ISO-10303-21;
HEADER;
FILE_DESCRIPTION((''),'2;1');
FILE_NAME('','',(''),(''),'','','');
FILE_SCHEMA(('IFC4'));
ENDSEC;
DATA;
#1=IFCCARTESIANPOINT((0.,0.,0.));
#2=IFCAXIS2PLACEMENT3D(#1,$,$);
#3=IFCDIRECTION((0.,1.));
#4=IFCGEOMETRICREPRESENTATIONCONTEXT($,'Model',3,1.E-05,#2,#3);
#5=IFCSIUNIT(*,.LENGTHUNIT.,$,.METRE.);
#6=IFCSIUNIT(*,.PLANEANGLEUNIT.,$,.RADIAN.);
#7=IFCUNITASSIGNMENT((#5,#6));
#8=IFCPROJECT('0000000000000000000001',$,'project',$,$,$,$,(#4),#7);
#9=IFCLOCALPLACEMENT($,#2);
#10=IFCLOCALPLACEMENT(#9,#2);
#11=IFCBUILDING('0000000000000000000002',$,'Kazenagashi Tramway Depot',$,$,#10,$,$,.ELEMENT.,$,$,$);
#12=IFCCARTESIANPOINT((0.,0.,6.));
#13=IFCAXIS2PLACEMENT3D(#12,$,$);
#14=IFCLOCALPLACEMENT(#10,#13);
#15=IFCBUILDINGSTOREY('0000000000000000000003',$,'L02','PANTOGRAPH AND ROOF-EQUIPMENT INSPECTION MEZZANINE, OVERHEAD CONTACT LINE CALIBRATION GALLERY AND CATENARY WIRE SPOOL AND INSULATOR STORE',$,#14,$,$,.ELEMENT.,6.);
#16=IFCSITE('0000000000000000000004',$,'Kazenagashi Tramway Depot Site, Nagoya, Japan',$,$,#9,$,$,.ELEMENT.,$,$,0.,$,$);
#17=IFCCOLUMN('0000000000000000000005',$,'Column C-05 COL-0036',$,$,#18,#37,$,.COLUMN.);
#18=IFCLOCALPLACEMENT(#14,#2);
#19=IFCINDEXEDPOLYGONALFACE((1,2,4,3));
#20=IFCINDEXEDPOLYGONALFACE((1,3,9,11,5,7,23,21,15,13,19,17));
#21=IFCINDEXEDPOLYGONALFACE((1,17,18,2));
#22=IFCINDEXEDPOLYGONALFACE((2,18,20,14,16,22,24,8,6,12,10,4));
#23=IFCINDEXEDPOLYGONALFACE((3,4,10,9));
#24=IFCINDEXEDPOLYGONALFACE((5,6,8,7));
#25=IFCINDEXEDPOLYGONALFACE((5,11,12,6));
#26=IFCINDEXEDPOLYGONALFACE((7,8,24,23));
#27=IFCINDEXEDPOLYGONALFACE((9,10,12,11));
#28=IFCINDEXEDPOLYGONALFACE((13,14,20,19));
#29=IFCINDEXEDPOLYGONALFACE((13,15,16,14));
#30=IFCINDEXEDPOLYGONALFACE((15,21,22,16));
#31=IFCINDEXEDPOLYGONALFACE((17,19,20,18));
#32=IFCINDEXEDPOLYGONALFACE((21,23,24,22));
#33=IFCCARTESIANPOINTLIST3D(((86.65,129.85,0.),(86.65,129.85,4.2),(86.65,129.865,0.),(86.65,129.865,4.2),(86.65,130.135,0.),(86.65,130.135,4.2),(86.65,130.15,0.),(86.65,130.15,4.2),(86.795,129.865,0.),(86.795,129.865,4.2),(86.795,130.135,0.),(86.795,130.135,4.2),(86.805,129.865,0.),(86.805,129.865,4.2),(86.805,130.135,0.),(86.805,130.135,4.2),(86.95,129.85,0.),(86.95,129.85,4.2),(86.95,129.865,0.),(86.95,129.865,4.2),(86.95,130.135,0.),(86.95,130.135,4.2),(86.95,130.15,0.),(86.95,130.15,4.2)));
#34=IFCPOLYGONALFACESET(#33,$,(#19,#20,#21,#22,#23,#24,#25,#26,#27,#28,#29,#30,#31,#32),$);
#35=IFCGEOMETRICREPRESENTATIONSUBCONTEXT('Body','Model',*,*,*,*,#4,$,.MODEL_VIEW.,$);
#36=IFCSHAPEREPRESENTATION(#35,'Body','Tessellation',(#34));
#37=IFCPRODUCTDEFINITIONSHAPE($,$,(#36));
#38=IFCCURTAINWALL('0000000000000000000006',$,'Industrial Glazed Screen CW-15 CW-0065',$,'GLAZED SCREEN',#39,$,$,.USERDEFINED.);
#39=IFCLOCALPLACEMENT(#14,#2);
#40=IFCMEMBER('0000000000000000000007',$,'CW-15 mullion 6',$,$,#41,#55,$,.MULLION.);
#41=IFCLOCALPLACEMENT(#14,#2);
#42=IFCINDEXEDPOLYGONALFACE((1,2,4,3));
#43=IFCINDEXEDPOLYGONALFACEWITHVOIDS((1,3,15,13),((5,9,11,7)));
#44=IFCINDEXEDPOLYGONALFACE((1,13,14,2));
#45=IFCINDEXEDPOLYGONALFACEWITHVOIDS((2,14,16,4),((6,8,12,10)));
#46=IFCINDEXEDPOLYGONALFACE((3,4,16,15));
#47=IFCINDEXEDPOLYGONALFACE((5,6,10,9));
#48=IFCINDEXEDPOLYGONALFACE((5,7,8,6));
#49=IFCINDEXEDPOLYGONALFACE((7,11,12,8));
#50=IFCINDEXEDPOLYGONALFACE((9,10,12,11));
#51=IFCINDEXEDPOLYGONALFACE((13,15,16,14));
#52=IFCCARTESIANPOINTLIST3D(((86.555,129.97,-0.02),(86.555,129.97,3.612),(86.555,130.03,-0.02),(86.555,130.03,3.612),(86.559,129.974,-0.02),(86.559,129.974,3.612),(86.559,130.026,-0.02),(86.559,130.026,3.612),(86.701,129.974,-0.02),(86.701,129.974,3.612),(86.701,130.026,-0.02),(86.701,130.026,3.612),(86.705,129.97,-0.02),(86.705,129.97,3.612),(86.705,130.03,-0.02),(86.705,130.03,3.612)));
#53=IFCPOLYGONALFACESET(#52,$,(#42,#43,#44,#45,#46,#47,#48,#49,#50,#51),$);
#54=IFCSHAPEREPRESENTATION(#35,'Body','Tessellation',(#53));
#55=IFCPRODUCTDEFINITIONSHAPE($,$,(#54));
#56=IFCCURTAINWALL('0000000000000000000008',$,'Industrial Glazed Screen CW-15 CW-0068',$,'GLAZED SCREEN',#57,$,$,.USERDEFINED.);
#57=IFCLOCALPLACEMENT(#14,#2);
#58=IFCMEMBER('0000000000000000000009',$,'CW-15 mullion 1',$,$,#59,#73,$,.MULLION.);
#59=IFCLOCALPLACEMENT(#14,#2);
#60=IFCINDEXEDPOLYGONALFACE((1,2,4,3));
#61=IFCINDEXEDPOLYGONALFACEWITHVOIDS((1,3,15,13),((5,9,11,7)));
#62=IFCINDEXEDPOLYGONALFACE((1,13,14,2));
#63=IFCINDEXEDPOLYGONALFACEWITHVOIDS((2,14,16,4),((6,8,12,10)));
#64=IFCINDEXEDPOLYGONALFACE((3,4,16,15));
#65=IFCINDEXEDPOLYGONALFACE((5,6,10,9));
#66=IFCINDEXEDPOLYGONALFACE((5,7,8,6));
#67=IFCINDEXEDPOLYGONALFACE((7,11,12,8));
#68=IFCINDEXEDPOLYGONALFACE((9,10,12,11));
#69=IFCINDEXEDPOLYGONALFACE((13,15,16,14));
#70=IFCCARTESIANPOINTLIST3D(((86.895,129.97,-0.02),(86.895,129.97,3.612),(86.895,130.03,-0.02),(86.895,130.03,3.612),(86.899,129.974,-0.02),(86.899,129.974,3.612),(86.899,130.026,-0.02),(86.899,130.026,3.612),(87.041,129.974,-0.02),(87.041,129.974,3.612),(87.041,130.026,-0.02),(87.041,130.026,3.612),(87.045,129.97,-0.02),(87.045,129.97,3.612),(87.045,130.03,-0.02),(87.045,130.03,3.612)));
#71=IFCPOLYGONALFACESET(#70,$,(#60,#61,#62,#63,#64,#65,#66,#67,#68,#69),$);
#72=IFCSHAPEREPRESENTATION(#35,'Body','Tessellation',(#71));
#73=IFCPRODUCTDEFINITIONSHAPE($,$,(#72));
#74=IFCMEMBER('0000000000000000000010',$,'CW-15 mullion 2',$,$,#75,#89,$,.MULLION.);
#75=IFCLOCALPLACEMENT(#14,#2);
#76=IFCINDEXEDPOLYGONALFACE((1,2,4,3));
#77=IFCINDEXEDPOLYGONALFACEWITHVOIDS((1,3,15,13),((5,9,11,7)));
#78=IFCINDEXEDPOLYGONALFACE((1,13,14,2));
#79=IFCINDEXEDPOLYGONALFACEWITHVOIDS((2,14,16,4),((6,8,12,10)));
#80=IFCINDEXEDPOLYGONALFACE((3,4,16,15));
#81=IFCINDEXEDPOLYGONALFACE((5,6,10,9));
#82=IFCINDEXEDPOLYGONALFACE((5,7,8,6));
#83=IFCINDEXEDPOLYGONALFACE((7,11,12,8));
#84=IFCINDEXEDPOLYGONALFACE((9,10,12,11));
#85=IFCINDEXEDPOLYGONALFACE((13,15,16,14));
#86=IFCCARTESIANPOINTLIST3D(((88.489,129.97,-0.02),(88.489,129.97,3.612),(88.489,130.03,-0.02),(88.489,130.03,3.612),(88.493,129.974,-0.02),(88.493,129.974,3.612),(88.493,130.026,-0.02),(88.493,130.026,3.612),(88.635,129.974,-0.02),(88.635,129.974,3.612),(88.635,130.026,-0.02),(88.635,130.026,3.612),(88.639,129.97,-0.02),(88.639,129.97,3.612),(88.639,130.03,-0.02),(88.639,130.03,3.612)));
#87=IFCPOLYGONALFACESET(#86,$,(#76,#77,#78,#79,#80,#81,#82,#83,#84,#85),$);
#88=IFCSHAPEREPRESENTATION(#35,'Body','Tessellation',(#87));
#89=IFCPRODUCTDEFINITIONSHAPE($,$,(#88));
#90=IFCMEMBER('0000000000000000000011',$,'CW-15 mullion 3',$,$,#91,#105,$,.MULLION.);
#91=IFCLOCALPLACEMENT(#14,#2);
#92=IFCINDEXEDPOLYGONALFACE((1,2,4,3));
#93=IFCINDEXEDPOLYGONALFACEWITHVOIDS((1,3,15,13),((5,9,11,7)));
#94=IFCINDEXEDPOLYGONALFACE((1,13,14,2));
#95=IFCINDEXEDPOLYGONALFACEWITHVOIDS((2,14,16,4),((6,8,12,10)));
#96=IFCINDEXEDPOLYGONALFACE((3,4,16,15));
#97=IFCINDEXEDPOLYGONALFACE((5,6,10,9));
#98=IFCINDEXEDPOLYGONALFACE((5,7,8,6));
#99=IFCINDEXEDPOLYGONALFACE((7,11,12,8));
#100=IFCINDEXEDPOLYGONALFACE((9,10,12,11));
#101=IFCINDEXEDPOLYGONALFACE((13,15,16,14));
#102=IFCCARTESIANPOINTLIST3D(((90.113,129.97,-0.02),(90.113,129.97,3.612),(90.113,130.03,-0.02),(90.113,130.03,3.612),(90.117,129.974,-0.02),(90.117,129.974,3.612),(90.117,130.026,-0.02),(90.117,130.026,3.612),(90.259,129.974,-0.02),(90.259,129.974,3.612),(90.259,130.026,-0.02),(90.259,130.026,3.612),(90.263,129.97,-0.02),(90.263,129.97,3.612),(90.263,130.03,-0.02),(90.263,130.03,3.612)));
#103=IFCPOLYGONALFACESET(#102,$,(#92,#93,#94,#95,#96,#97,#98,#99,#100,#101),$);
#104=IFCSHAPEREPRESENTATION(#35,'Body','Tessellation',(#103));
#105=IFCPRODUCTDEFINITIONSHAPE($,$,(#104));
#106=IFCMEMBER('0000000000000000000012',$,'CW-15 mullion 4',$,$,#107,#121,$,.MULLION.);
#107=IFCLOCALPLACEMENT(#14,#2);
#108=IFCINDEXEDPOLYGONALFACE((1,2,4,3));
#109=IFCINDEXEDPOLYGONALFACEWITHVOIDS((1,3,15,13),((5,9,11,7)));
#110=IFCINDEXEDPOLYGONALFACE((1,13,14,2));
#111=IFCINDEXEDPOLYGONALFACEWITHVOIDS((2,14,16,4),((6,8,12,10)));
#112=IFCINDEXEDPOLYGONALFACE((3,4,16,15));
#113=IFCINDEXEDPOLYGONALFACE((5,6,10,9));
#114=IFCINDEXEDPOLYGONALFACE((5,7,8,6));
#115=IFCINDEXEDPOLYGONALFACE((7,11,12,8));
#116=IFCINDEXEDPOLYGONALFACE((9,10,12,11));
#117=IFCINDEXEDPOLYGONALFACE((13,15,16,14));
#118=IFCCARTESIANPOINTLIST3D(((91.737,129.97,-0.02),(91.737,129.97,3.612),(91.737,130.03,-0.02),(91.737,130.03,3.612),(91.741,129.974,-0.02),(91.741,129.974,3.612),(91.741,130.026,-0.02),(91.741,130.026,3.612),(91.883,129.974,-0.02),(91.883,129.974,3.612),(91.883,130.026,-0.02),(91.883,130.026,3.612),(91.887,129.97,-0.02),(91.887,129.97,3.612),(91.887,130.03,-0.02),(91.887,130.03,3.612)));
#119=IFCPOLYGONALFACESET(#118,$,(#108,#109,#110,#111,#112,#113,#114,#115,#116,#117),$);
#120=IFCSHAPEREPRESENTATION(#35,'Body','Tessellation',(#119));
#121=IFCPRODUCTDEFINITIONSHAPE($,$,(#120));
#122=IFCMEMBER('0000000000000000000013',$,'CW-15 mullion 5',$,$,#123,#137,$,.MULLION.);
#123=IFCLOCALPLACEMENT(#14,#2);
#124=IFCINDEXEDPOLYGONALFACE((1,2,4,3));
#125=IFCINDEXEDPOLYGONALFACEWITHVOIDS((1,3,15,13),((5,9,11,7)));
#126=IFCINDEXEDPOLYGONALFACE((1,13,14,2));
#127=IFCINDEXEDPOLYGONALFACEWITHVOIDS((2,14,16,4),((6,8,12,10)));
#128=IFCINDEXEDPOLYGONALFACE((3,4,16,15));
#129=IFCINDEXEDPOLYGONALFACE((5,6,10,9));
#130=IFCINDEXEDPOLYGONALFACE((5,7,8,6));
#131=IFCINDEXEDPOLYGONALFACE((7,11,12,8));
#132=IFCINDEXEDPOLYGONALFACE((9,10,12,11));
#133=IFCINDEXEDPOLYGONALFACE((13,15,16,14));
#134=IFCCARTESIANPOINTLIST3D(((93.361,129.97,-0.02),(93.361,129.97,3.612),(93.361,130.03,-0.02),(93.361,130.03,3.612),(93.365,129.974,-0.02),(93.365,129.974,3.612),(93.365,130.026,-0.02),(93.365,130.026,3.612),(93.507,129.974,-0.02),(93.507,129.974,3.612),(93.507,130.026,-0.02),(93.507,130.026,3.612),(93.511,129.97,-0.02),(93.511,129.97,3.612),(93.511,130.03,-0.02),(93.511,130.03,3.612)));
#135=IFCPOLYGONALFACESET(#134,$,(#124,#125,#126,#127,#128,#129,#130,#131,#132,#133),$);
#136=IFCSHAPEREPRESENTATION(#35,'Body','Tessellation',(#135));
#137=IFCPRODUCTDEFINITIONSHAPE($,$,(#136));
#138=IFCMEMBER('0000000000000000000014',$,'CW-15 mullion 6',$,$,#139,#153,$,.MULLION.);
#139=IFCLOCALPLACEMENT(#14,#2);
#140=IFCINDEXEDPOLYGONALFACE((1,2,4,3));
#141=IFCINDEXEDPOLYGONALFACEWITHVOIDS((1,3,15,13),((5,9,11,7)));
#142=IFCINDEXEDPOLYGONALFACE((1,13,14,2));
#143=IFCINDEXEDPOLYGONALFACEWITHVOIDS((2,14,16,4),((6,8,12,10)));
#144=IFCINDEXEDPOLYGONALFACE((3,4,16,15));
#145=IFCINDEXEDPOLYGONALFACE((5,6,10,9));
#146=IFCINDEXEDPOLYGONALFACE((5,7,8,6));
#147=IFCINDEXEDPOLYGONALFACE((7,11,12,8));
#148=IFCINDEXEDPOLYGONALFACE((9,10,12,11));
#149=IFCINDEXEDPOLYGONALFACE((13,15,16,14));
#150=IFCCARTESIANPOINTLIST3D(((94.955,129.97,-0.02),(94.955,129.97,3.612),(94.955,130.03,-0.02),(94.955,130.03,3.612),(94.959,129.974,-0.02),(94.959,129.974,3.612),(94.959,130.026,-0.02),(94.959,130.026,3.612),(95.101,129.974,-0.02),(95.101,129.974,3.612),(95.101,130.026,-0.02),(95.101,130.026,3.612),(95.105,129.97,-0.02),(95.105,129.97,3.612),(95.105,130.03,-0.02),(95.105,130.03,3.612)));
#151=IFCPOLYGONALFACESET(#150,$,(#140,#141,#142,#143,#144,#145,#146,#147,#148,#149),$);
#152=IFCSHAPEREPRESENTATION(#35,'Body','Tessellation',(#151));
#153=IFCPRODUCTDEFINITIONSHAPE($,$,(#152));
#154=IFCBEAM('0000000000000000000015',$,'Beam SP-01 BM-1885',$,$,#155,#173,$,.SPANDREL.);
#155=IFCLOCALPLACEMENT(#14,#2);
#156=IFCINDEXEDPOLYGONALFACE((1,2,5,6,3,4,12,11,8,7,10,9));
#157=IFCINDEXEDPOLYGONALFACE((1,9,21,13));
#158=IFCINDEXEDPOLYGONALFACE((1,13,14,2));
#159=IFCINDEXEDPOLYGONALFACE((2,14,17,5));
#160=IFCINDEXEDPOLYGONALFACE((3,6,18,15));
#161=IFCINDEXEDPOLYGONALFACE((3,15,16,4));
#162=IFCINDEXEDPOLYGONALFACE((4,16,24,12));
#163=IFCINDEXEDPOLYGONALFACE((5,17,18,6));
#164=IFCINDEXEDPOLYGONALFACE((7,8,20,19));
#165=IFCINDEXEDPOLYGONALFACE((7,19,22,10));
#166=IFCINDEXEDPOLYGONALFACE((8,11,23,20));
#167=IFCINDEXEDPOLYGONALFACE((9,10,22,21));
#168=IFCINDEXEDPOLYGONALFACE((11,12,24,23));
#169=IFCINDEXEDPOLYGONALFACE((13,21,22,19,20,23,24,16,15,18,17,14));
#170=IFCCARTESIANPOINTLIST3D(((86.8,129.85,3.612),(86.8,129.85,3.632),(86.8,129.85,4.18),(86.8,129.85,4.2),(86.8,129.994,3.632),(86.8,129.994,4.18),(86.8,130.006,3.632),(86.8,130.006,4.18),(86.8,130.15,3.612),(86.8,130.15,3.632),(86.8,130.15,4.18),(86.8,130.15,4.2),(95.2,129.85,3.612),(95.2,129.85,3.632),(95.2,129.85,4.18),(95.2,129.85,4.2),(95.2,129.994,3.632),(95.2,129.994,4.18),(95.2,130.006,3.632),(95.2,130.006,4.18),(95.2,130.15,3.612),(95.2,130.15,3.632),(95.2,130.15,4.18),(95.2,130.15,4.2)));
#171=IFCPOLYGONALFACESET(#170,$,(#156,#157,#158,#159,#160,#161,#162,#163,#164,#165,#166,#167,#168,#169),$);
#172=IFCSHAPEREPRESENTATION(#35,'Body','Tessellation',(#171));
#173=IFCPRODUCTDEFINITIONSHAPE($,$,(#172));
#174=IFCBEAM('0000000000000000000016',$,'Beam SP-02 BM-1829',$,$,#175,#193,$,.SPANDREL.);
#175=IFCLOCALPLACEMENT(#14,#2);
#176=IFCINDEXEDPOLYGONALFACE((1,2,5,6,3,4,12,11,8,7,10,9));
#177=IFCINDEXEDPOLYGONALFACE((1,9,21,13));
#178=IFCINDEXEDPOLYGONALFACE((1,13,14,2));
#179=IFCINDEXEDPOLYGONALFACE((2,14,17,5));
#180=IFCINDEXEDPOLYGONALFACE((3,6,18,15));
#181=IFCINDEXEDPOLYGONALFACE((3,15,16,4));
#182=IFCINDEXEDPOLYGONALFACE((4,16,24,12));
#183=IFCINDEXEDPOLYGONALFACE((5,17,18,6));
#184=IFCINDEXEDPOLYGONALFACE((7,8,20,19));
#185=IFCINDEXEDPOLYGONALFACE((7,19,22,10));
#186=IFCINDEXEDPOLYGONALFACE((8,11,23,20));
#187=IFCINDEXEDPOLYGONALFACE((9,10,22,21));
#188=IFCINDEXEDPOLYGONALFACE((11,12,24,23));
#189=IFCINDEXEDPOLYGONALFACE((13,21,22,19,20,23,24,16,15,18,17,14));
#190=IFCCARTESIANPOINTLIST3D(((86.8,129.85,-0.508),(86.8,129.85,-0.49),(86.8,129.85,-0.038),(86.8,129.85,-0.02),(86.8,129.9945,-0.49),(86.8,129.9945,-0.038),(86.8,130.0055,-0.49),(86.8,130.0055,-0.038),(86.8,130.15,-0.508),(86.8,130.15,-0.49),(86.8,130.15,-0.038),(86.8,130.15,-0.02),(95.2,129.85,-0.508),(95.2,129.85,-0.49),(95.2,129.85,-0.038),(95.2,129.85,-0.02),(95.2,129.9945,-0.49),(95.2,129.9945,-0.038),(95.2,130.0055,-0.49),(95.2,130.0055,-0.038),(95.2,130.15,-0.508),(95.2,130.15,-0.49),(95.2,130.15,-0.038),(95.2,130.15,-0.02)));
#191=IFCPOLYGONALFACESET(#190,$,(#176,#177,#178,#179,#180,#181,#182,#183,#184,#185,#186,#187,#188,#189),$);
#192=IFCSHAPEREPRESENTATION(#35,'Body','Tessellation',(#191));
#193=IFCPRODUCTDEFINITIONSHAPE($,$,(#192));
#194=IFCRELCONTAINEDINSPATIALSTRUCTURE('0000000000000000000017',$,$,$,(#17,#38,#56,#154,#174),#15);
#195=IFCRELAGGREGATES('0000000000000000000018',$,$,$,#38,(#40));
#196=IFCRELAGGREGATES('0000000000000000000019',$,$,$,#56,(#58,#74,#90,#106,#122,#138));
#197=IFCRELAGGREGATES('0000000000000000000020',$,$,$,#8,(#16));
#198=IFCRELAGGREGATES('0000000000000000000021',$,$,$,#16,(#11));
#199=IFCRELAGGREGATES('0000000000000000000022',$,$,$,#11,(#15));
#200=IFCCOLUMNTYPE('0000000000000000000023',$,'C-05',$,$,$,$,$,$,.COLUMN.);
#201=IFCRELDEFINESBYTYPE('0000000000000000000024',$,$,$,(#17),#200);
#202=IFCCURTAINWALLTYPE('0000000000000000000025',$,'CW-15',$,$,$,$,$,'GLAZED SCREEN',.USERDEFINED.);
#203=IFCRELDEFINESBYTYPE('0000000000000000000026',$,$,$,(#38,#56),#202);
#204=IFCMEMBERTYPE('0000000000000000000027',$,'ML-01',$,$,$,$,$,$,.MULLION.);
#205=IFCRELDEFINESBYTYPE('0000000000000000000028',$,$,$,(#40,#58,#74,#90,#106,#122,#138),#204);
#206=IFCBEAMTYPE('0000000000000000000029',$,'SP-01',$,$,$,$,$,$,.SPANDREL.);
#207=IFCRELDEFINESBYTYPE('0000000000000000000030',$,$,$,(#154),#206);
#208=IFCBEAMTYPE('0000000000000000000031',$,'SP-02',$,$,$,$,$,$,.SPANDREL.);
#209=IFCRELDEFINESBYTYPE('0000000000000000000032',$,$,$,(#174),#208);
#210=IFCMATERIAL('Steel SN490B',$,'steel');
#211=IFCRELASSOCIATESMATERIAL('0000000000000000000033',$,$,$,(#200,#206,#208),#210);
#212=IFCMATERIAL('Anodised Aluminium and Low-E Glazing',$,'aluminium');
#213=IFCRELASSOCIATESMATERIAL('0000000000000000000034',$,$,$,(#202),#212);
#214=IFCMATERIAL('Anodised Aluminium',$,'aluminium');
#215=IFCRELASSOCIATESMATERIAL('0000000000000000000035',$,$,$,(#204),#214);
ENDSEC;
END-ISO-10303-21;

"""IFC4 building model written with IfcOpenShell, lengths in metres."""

from ifc_helpers import new_model, si_unit, direction, frame, origin, origin_2d, place, context, subcontext, project, spatial, hollow_rectangle, i_section, extrude, material, material_profile, profile_set, type_object, element, aggregate, save


model = new_model("IFC4")

# Units and contexts
model_context = context("Model", 3, precision=1e-05, world=origin(), true_north=direction((0.0, 1.0)))
body_context = subcontext(model_context, "Body", "Model", "MODEL_VIEW")
ifc_project = project(units=[si_unit("LENGTHUNIT", "METRE"), si_unit("PLANEANGLEUNIT", "RADIAN")], contexts=[model_context])

# Site, building, storey
site_placement = place(None, origin())
site = spatial("IfcSite", under=ifc_project, at=site_placement, Name="Kazenagashi Tramway Depot Site, Nagoya, Japan", CompositionType="ELEMENT", RefElevation=0.0)
building_placement = place(site_placement, origin())
building = spatial("IfcBuilding", under=site, at=building_placement, Name="Kazenagashi Tramway Depot", CompositionType="ELEMENT")
storey_placement = place(building_placement, frame((0.0, 0.0, 6.0)))
storey = spatial("IfcBuildingStorey", under=building, at=storey_placement, Name="L02", Description="PANTOGRAPH AND ROOF-EQUIPMENT INSPECTION MEZZANINE, OVERHEAD CONTACT LINE CALIBRATION GALLERY AND CATENARY WIRE SPOOL AND INSULATOR STORE", CompositionType="ELEMENT", Elevation=6.0)

# Column
ifc_material_1 = material(Name="Steel SN490B", Category="steel")
ifc_material_profile_1 = material_profile(ifc_material_1, i_section(OverallWidth=0.3, OverallDepth=0.3, WebThickness=0.01, FlangeThickness=0.015, at=origin_2d()), Name="H-300x300x10x15")
ifc_profile_set_1 = profile_set([ifc_material_profile_1], Name="Steel SN490B")
column_type = type_object("IfcColumnType", Name="C-05", PredefinedType="COLUMN", material=ifc_profile_set_1)
column_placement = place(storey_placement, frame((86.8, 130.0, 0.0), z_axis=(0.0, 0.0, 1.0), x_axis=(1.0, 0.0, 0.0)))
element("IfcColumn", 1, at=column_placement, inside=storey, type_object=column_type, Name="Column C-05 COL-0036", PredefinedType="COLUMN", context=body_context, shape_type="SweptSolid", body=[
    extrude(i_section(OverallWidth=0.3, OverallDepth=0.3, WebThickness=0.01, FlangeThickness=0.015, at=origin_2d()), origin(), (0.0, 0.0, 1.0), 4.2),
])

# Curtain wall, member
ifc_material_2 = material(Name="Anodised Aluminium and Low-E Glazing", Category="aluminium")
curtain_wall_type = type_object("IfcCurtainWallType", Name="CW-15", ElementType="GLAZED SCREEN", PredefinedType="USERDEFINED", material=ifc_material_2)
curtain_wall_1_placement = place(storey_placement, origin())
curtain_wall_1 = element("IfcCurtainWall", 2, at=curtain_wall_1_placement, inside=storey, type_object=curtain_wall_type, Name="Industrial Glazed Screen CW-15 CW-0065", ObjectType="GLAZED SCREEN", PredefinedType="USERDEFINED")
ifc_material_3 = material(Name="Anodised Aluminium", Category="aluminium")
ifc_material_profile_2 = material_profile(ifc_material_3, hollow_rectangle(XDim=0.06, YDim=0.15, WallThickness=0.004, at=origin_2d()), Name="RHS-150x60x4")
ifc_profile_set_2 = profile_set([ifc_material_profile_2], Name="Anodised Aluminium")
member_type_1 = type_object("IfcMemberType", Name="ML-01", PredefinedType="MULLION", material=ifc_profile_set_2)
member_1_placement = place(storey_placement, frame((86.63, 130.0, -0.02), z_axis=(0.0, 0.0, 1.0), x_axis=(0.0, 1.0, 0.0)))
member_1 = element("IfcMember", 3, at=member_1_placement, type_object=member_type_1, Name="CW-15 mullion 6", PredefinedType="MULLION", context=body_context, shape_type="SweptSolid", body=[
    extrude(hollow_rectangle(XDim=0.06, YDim=0.15, WallThickness=0.004, at=origin_2d()), origin(), (0.0, 0.0, 1.0), 3.632),
])
aggregate(curtain_wall_1, [member_1])

# Curtain wall, members
curtain_wall_2_placement = place(storey_placement, origin())
curtain_wall_2 = element("IfcCurtainWall", 4, at=curtain_wall_2_placement, inside=storey, type_object=curtain_wall_type, Name="Industrial Glazed Screen CW-15 CW-0068", ObjectType="GLAZED SCREEN", PredefinedType="USERDEFINED")
member_2_placement = place(storey_placement, frame((86.97, 130.0, -0.02), z_axis=(0.0, 0.0, 1.0), x_axis=(0.0, 1.0, 0.0)))
member_2 = element("IfcMember", 5, at=member_2_placement, type_object=member_type_1, Name="CW-15 mullion 1", PredefinedType="MULLION", context=body_context, shape_type="SweptSolid", body=[
    extrude(hollow_rectangle(XDim=0.06, YDim=0.15, WallThickness=0.004, at=origin_2d()), origin(), (0.0, 0.0, 1.0), 3.632),
])
member_3_placement = place(storey_placement, frame((88.564, 130.0, -0.02), z_axis=(0.0, 0.0, 1.0), x_axis=(0.0, 1.0, 0.0)))
member_3 = element("IfcMember", 6, at=member_3_placement, type_object=member_type_1, Name="CW-15 mullion 2", PredefinedType="MULLION", context=body_context, shape_type="SweptSolid", body=[
    extrude(hollow_rectangle(XDim=0.06, YDim=0.15, WallThickness=0.004, at=origin_2d()), origin(), (0.0, 0.0, 1.0), 3.632),
])
member_4_placement = place(storey_placement, frame((90.188, 130.0, -0.02), z_axis=(0.0, 0.0, 1.0), x_axis=(0.0, 1.0, 0.0)))
member_4 = element("IfcMember", 7, at=member_4_placement, type_object=member_type_1, Name="CW-15 mullion 3", PredefinedType="MULLION", context=body_context, shape_type="SweptSolid", body=[
    extrude(hollow_rectangle(XDim=0.06, YDim=0.15, WallThickness=0.004, at=origin_2d()), origin(), (0.0, 0.0, 1.0), 3.632),
])
member_5_placement = place(storey_placement, frame((91.812, 130.0, -0.02), z_axis=(0.0, 0.0, 1.0), x_axis=(0.0, 1.0, 0.0)))
member_5 = element("IfcMember", 8, at=member_5_placement, type_object=member_type_1, Name="CW-15 mullion 4", PredefinedType="MULLION", context=body_context, shape_type="SweptSolid", body=[
    extrude(hollow_rectangle(XDim=0.06, YDim=0.15, WallThickness=0.004, at=origin_2d()), origin(), (0.0, 0.0, 1.0), 3.632),
])
member_6_placement = place(storey_placement, frame((93.436, 130.0, -0.02), z_axis=(0.0, 0.0, 1.0), x_axis=(0.0, 1.0, 0.0)))
member_6 = element("IfcMember", 9, at=member_6_placement, type_object=member_type_1, Name="CW-15 mullion 5", PredefinedType="MULLION", context=body_context, shape_type="SweptSolid", body=[
    extrude(hollow_rectangle(XDim=0.06, YDim=0.15, WallThickness=0.004, at=origin_2d()), origin(), (0.0, 0.0, 1.0), 3.632),
])
member_7_placement = place(storey_placement, frame((95.03, 130.0, -0.02), z_axis=(0.0, 0.0, 1.0), x_axis=(0.0, 1.0, 0.0)))
member_7 = element("IfcMember", 10, at=member_7_placement, type_object=member_type_1, Name="CW-15 mullion 6", PredefinedType="MULLION", context=body_context, shape_type="SweptSolid", body=[
    extrude(hollow_rectangle(XDim=0.06, YDim=0.15, WallThickness=0.004, at=origin_2d()), origin(), (0.0, 0.0, 1.0), 3.632),
])

# Beams
ifc_material_profile_3 = material_profile(ifc_material_1, i_section(OverallWidth=0.3, OverallDepth=0.588, WebThickness=0.012, FlangeThickness=0.02, at=origin_2d()), Name="H-588x300x12x20")
ifc_profile_set_3 = profile_set([ifc_material_profile_3], Name="Steel SN490B")
beam_type_1 = type_object("IfcBeamType", Name="SP-01", PredefinedType="SPANDREL", material=ifc_profile_set_3)
beam_1_placement = place(storey_placement, frame((86.8, 130.0, 3.906), z_axis=(1.0, 0.0, 0.0), x_axis=(0.0, 1.0, 0.0)))
element("IfcBeam", 11, at=beam_1_placement, inside=storey, type_object=beam_type_1, Name="Beam SP-01 BM-1885", PredefinedType="SPANDREL", context=body_context, shape_type="SweptSolid", body=[
    extrude(i_section(OverallWidth=0.3, OverallDepth=0.588, WebThickness=0.012, FlangeThickness=0.02, at=origin_2d()), origin(), (0.0, 0.0, 1.0), 8.4),
])
ifc_material_profile_4 = material_profile(ifc_material_1, i_section(OverallWidth=0.3, OverallDepth=0.488, WebThickness=0.011, FlangeThickness=0.018, at=origin_2d()), Name="H-488x300x11x18")
ifc_profile_set_4 = profile_set([ifc_material_profile_4], Name="Steel SN490B")
beam_type_2 = type_object("IfcBeamType", Name="SP-02", PredefinedType="SPANDREL", material=ifc_profile_set_4)
beam_2_placement = place(storey_placement, frame((86.8, 130.0, -0.264), z_axis=(1.0, 0.0, 0.0), x_axis=(0.0, 1.0, 0.0)))
element("IfcBeam", 12, at=beam_2_placement, inside=storey, type_object=beam_type_2, Name="Beam SP-02 BM-1829", PredefinedType="SPANDREL", context=body_context, shape_type="SweptSolid", body=[
    extrude(i_section(OverallWidth=0.3, OverallDepth=0.488, WebThickness=0.011, FlangeThickness=0.018, at=origin_2d()), origin(), (0.0, 0.0, 1.0), 8.4),
])

aggregate(curtain_wall_2, [member_2, member_3, member_4, member_5, member_6, member_7])

save(model, "model.ifc")
